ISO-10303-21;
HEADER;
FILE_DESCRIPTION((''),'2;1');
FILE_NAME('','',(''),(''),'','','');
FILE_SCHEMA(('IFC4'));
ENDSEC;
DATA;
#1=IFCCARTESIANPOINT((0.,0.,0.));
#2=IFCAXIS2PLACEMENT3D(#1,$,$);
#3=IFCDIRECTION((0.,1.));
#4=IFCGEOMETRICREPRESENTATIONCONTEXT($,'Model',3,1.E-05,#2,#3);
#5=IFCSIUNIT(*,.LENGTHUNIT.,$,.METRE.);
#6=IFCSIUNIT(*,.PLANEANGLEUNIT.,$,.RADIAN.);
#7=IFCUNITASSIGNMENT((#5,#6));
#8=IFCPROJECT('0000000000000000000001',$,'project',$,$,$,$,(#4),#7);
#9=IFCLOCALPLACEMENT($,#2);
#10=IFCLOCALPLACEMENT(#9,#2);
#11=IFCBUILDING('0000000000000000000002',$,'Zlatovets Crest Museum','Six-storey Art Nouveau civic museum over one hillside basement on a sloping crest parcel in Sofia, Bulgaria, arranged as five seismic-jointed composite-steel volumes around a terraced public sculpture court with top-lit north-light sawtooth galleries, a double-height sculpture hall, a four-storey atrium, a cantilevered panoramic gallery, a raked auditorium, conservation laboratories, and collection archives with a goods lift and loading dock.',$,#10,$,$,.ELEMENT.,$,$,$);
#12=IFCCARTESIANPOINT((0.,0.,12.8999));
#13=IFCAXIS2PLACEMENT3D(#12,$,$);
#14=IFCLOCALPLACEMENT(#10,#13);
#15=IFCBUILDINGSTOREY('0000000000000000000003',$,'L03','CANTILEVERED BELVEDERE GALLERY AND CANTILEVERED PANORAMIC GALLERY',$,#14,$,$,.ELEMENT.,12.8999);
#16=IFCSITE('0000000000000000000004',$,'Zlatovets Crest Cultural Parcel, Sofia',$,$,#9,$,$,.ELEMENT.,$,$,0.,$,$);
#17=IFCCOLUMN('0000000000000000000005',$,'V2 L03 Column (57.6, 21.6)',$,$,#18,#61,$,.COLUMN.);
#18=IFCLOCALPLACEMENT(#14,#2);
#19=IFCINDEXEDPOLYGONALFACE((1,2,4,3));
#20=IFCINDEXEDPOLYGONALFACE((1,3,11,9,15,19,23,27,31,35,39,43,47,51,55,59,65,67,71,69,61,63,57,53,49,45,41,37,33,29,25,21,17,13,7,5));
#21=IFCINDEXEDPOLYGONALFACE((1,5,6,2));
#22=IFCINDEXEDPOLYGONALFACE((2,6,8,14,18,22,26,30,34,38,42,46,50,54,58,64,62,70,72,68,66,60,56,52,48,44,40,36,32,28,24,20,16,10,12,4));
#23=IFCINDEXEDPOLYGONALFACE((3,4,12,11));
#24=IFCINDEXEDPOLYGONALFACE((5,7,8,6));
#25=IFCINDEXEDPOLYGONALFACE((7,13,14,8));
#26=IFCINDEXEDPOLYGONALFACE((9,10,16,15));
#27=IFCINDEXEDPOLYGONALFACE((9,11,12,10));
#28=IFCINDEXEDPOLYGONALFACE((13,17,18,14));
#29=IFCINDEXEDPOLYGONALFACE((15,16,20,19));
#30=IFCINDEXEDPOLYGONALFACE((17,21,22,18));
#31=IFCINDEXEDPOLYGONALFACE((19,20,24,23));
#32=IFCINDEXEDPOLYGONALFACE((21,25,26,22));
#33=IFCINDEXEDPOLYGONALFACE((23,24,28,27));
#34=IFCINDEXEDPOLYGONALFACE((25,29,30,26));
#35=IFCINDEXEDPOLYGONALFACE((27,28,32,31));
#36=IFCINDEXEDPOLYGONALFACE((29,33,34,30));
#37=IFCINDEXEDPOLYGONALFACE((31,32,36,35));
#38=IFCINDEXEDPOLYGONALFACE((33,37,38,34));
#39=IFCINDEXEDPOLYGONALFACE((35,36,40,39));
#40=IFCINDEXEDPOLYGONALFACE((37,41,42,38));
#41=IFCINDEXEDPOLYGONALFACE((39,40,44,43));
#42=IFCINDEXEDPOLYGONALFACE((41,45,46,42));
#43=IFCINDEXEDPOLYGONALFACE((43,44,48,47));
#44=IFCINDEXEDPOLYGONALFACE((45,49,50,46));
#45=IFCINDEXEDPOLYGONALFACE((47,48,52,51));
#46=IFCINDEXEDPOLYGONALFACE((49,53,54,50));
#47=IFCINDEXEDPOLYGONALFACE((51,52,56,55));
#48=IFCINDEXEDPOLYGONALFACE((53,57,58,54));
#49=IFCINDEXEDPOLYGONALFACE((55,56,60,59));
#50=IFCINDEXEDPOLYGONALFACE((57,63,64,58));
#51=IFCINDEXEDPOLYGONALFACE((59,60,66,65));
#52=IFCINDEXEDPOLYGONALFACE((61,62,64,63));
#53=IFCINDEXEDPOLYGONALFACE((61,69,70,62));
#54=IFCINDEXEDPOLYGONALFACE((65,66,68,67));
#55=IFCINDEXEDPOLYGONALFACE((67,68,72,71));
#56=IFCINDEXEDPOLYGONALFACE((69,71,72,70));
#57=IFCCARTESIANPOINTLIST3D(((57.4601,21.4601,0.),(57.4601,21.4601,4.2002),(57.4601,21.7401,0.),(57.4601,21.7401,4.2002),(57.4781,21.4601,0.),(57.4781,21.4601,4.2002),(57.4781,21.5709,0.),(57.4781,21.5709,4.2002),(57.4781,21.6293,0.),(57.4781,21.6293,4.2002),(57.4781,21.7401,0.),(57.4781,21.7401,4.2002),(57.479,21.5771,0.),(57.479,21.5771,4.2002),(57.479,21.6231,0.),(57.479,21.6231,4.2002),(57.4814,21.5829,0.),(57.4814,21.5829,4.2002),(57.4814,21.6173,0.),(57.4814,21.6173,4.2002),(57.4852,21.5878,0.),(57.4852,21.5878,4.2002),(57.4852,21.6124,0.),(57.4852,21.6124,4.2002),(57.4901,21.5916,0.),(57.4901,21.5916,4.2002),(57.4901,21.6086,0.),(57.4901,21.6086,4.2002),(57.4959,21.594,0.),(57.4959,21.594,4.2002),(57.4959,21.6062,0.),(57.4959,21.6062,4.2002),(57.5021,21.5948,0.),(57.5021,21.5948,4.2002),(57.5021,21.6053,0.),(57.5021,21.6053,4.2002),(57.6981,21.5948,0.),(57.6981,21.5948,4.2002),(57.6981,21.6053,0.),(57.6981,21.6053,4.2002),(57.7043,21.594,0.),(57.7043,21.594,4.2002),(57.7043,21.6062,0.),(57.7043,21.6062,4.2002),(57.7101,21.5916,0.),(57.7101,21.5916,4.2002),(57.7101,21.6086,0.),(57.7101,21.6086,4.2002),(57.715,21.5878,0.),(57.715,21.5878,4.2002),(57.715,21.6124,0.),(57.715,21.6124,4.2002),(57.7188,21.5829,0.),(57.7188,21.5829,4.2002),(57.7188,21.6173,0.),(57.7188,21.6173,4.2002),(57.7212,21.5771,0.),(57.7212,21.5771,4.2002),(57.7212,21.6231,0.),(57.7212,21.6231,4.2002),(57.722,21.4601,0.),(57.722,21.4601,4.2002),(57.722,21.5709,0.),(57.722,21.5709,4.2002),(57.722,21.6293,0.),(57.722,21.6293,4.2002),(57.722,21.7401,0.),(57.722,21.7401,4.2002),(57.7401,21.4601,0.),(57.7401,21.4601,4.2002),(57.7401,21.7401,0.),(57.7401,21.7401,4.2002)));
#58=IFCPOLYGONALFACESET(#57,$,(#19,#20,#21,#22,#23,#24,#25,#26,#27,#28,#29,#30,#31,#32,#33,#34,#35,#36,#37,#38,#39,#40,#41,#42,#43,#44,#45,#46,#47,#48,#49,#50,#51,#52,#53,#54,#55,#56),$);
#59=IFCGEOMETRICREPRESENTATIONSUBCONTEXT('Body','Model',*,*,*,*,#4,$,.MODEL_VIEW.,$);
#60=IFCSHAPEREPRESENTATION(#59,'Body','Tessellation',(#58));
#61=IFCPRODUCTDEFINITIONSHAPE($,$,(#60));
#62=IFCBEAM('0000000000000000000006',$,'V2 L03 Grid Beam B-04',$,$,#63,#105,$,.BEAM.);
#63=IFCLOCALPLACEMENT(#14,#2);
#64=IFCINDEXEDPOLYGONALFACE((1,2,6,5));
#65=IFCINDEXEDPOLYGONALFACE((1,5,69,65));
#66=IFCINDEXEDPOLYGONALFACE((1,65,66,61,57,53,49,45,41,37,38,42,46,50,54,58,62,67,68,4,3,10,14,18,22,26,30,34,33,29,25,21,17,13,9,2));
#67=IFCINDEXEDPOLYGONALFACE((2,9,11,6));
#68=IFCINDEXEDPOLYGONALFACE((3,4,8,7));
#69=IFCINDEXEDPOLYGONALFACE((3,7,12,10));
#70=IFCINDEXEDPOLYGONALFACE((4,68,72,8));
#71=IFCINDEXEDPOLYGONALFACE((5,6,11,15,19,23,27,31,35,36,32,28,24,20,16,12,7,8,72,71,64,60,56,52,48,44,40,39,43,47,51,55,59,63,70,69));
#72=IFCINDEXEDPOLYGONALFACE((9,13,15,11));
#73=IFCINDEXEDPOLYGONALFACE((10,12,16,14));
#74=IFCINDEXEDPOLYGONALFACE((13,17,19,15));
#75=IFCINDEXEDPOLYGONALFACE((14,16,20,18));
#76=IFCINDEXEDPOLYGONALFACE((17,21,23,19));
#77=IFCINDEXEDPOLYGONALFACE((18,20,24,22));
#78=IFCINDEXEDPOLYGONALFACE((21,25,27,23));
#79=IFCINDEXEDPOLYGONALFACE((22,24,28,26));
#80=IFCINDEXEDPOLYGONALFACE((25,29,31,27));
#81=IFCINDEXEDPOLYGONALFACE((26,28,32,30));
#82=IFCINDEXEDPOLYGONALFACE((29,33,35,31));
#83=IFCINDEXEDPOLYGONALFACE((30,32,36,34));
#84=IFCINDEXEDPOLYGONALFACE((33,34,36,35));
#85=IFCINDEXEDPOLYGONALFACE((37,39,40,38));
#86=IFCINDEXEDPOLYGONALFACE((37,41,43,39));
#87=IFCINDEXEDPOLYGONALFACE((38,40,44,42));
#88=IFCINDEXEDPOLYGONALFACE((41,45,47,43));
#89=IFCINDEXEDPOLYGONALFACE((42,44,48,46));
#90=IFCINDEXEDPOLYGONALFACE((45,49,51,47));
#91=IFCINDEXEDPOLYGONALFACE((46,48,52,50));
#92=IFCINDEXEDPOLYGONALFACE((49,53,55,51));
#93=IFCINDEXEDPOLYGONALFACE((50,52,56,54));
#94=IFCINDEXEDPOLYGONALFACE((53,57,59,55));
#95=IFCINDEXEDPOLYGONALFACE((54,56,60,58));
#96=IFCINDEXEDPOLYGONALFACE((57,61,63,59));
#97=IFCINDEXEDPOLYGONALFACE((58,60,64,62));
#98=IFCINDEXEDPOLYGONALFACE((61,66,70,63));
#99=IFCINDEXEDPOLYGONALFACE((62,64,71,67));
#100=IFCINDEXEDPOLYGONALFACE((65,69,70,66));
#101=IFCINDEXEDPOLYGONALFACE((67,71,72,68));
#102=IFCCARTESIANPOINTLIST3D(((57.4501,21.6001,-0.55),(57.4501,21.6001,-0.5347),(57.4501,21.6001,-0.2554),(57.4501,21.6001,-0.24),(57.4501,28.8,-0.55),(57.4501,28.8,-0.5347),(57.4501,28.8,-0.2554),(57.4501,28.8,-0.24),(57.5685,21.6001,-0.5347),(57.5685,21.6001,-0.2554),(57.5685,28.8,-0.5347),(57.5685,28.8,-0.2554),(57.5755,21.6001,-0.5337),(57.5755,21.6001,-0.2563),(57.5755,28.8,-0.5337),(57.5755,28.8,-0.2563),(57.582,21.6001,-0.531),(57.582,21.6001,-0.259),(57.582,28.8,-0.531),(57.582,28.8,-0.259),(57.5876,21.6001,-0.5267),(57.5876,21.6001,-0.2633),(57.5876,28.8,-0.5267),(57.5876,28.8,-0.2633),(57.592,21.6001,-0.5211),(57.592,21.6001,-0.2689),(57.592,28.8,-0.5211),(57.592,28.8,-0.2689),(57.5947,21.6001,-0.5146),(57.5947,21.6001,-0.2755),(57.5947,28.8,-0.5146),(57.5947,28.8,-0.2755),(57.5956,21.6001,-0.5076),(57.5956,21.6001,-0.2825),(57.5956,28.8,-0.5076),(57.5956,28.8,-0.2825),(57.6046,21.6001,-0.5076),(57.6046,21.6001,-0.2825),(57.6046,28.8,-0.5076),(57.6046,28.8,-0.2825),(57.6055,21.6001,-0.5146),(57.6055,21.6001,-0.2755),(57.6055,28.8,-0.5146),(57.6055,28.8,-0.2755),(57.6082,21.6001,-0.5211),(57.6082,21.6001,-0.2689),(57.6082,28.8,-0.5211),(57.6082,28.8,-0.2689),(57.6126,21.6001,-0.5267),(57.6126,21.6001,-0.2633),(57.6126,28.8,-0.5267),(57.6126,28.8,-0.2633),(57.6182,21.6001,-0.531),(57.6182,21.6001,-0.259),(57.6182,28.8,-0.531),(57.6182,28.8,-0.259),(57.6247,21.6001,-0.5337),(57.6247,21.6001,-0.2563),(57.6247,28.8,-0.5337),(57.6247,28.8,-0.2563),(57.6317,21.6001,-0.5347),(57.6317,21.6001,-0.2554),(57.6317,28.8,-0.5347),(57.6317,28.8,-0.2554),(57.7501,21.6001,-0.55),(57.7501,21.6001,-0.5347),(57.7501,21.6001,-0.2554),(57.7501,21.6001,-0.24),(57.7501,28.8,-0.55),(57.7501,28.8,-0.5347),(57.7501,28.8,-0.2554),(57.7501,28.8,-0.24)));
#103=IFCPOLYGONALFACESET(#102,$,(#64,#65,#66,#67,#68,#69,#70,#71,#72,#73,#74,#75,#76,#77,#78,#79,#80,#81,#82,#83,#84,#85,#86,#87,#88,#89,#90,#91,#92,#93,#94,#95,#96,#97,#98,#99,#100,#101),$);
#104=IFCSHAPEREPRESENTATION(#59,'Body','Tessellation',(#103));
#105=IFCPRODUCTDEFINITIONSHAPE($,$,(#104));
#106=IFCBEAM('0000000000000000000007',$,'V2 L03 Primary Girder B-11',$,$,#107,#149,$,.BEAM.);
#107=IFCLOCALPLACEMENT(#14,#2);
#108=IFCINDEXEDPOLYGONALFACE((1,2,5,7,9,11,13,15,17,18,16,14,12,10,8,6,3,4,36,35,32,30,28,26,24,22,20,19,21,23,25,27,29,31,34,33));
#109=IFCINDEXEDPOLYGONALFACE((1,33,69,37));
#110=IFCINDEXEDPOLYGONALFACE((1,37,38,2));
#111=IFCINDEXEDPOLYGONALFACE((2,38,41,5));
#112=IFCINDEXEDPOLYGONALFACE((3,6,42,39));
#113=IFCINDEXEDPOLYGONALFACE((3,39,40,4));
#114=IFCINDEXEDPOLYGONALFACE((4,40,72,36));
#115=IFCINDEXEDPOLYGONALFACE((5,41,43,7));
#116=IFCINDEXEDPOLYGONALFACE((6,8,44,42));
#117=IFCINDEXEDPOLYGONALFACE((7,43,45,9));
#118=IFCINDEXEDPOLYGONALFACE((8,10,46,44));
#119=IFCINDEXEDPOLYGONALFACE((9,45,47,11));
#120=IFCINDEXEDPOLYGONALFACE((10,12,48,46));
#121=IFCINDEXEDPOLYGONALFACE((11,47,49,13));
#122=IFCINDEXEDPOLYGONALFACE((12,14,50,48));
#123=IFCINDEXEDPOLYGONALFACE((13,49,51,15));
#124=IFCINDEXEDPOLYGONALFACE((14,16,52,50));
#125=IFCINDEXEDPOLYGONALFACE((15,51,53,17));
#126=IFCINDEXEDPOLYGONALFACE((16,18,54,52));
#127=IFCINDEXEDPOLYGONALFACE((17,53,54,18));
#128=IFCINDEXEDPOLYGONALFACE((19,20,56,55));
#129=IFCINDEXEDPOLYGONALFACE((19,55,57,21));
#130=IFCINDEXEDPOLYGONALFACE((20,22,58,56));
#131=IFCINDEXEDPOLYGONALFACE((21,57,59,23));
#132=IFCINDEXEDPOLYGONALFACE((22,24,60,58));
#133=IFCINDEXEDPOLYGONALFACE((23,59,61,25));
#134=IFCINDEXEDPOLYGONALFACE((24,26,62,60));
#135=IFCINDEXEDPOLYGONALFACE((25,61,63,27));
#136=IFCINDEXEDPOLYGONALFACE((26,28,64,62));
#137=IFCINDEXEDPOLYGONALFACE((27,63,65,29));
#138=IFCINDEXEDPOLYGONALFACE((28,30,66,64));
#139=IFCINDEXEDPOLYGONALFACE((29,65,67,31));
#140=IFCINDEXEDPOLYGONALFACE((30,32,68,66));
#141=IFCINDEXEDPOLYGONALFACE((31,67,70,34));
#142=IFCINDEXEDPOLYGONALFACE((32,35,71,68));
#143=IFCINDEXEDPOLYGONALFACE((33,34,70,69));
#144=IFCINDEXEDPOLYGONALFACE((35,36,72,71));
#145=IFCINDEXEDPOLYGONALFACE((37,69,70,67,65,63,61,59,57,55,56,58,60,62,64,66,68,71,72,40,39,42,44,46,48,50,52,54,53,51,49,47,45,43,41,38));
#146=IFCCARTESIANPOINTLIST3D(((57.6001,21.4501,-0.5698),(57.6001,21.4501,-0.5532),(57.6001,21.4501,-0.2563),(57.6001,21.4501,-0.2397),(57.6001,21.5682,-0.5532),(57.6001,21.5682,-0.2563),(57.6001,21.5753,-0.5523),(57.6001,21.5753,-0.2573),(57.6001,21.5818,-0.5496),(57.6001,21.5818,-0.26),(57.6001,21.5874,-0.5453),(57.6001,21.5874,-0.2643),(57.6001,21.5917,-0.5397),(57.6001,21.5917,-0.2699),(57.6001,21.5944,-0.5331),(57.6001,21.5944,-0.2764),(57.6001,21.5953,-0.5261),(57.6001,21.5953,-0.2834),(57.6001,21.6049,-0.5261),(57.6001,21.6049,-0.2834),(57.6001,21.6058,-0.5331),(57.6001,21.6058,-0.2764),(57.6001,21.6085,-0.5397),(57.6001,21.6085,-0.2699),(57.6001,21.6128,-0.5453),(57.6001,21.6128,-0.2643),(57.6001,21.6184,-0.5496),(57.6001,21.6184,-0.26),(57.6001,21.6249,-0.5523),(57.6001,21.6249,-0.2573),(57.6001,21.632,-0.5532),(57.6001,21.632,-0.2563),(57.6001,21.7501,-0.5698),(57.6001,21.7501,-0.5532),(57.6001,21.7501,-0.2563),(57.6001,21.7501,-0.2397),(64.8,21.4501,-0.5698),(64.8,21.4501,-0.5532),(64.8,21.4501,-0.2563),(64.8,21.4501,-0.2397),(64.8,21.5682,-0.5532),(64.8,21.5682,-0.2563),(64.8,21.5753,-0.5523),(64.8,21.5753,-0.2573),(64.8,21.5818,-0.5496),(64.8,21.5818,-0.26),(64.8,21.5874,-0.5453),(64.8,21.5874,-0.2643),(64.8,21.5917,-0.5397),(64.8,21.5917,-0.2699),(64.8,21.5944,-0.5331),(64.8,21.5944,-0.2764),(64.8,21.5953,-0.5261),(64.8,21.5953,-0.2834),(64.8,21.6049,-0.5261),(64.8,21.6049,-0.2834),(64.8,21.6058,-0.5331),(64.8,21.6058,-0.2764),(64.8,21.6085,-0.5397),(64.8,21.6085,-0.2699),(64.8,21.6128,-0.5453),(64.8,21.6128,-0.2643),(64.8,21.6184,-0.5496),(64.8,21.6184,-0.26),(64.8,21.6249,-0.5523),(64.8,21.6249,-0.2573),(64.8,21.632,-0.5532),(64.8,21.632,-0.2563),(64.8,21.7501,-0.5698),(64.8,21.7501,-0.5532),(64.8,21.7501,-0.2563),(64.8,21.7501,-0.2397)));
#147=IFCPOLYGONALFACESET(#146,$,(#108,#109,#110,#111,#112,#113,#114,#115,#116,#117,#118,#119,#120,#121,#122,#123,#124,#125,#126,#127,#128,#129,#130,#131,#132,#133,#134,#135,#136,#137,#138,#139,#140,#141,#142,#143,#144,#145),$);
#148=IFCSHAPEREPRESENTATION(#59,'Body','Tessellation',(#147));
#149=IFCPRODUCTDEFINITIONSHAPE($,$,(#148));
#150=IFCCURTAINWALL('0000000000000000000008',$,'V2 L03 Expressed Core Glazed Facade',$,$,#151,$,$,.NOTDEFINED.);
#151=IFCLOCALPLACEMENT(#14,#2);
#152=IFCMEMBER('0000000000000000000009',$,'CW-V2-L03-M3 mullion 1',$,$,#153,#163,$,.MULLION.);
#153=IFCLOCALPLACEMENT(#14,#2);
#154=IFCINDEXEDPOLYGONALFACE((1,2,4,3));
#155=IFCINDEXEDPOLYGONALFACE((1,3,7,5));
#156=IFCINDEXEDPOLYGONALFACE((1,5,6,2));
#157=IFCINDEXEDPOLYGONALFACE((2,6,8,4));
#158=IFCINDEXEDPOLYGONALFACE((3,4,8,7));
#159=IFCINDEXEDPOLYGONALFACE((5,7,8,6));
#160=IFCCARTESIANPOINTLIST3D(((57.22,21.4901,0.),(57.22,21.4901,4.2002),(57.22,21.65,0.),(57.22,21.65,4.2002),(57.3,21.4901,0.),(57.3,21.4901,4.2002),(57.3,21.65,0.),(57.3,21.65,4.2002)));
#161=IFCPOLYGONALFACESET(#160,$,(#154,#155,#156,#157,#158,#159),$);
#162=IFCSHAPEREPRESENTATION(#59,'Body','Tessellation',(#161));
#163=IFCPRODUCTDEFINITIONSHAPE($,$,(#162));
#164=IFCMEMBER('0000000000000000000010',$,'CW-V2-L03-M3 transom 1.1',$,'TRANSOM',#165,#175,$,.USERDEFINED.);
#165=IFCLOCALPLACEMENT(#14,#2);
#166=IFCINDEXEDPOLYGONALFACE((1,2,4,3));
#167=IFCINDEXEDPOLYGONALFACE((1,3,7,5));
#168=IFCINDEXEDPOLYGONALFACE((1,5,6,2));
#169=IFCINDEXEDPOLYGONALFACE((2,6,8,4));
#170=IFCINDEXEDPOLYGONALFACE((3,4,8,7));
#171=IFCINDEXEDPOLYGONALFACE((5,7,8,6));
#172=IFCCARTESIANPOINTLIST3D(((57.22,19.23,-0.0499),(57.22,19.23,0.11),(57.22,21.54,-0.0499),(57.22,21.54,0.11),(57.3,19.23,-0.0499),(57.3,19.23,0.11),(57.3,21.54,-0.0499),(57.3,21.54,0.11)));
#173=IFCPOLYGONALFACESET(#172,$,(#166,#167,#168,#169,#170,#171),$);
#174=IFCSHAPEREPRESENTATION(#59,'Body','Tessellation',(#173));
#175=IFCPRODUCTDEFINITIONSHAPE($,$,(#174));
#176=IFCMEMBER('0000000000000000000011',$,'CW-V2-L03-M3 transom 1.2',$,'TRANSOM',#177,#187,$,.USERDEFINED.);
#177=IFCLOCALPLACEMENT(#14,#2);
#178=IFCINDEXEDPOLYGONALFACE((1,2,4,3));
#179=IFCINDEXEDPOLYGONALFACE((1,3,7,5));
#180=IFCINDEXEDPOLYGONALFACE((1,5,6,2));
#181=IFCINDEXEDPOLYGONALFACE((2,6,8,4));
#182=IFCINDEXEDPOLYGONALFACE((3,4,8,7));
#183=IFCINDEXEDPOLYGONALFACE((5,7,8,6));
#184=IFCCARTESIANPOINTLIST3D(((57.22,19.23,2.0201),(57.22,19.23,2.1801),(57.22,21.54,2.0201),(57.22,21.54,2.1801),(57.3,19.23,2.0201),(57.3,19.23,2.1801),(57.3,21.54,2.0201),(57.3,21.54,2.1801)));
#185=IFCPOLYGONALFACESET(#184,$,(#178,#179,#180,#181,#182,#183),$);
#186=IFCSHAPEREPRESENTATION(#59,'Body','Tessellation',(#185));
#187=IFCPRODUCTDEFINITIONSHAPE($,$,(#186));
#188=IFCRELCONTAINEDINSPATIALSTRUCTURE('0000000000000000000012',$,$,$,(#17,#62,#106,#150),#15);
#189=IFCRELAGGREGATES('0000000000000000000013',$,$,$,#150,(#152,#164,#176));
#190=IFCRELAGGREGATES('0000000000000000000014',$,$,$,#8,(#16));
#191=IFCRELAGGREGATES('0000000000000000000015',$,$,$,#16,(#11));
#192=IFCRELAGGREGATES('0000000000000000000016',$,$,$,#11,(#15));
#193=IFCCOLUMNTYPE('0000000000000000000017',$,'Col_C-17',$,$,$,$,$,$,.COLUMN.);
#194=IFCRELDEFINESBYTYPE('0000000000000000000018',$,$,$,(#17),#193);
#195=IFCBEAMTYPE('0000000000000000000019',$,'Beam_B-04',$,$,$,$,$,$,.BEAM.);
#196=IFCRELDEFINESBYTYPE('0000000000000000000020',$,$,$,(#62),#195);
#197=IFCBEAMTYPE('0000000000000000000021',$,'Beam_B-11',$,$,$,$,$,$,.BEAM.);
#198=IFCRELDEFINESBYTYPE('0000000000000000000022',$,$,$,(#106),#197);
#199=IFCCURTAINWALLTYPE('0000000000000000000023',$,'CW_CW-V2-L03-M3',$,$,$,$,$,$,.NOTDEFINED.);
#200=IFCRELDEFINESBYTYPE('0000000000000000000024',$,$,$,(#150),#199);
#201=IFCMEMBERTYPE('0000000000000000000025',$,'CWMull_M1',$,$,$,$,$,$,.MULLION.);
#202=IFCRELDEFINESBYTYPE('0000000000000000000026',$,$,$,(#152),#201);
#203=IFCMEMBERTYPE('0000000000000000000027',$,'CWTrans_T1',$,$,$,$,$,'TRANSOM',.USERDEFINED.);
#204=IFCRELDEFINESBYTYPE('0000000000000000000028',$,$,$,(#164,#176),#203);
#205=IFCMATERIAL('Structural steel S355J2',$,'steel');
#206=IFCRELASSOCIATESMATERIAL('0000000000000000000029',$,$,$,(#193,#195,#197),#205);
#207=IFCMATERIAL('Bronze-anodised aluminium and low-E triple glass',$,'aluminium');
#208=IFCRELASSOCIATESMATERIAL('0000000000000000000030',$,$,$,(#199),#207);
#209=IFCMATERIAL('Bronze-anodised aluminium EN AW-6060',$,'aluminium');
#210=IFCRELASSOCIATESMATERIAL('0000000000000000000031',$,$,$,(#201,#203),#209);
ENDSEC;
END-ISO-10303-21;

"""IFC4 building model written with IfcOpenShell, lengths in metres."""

from ifc_helpers import new_model, si_unit, direction, frame, origin, origin_2d, place, context, subcontext, project, spatial, rectangle, i_section, extrude, material, material_profile, profile_set, type_object, element, aggregate, save


model = new_model("IFC4")

# Units and contexts
model_context = context("Model", 3, precision=1e-05, world=origin(), true_north=direction((0.0, 1.0)))
body_context = subcontext(model_context, "Body", "Model", "MODEL_VIEW")
ifc_project = project(units=[si_unit("LENGTHUNIT", "METRE"), si_unit("PLANEANGLEUNIT", "RADIAN")], contexts=[model_context])

# Site, building, storey
site_placement = place(None, origin())
site = spatial("IfcSite", under=ifc_project, at=site_placement, Name="Zlatovets Crest Cultural Parcel, Sofia", CompositionType="ELEMENT", RefElevation=0.0)
building_placement = place(site_placement, origin())
building = spatial("IfcBuilding", under=site, at=building_placement, Name="Zlatovets Crest Museum", Description="Six-storey Art Nouveau civic museum over one hillside basement on a sloping crest parcel in Sofia, Bulgaria, arranged as five seismic-jointed composite-steel volumes around a terraced public sculpture court with top-lit north-light sawtooth galleries, a double-height sculpture hall, a four-storey atrium, a cantilevered panoramic gallery, a raked auditorium, conservation laboratories, and collection archives with a goods lift and loading dock.", CompositionType="ELEMENT")
storey_placement = place(building_placement, frame((0.0, 0.0, 12.8999)))
storey = spatial("IfcBuildingStorey", under=building, at=storey_placement, Name="L03", Description="CANTILEVERED BELVEDERE GALLERY AND CANTILEVERED PANORAMIC GALLERY", CompositionType="ELEMENT", Elevation=12.8999)

# Column
ifc_material_1 = material(Name="Structural steel S355J2", Category="steel")
ifc_material_profile_1 = material_profile(ifc_material_1, i_section(OverallWidth=0.28, OverallDepth=0.28, WebThickness=0.0105, FlangeThickness=0.0181, FilletRadius=0.0239, at=origin_2d()), Name="HEB 280")
ifc_profile_set_1 = profile_set([ifc_material_profile_1], Name="Structural steel S355J2")
column_type = type_object("IfcColumnType", Name="Col_C-17", PredefinedType="COLUMN", material=ifc_profile_set_1)
column_placement = place(storey_placement, frame((57.6001, 21.6001, 0.0), z_axis=(0.0, 0.0, 1.0), x_axis=(0.0, 1.0, 0.0)))
element("IfcColumn", 1, at=column_placement, inside=storey, type_object=column_type, Name="V2 L03 Column (57.6, 21.6)", PredefinedType="COLUMN", context=body_context, shape_type="SweptSolid", body=[
    extrude(i_section(OverallWidth=0.28, OverallDepth=0.28, WebThickness=0.0105, FlangeThickness=0.0181, FilletRadius=0.0239, at=origin_2d()), origin(), (0.0, 0.0, 1.0), 4.2002),
])

# Beams
ifc_material_profile_2 = material_profile(ifc_material_1, i_section(OverallWidth=0.3, OverallDepth=0.3101, WebThickness=0.009, FlangeThickness=0.0154, FilletRadius=0.0271, at=origin_2d()), Name="HEA 320")
ifc_profile_set_2 = profile_set([ifc_material_profile_2], Name="Structural steel S355J2")
beam_type_1 = type_object("IfcBeamType", Name="Beam_B-04", PredefinedType="BEAM", material=ifc_profile_set_2)
beam_1_placement = place(storey_placement, frame((57.6001, 21.6001, -0.395), z_axis=(0.0, 1.0, 0.0), x_axis=(-1.0, 0.0, 0.0)))
element("IfcBeam", 2, at=beam_1_placement, inside=storey, type_object=beam_type_1, Name="V2 L03 Grid Beam B-04", PredefinedType="BEAM", context=body_context, shape_type="SweptSolid", body=[
    extrude(i_section(OverallWidth=0.3, OverallDepth=0.3101, WebThickness=0.009, FlangeThickness=0.0154, FilletRadius=0.0271, at=origin_2d()), origin(), (0.0, 0.0, 1.0), 7.2),
])
ifc_material_profile_3 = material_profile(ifc_material_1, i_section(OverallWidth=0.3, OverallDepth=0.3301, WebThickness=0.0095, FlangeThickness=0.0166, FilletRadius=0.0271, at=origin_2d()), Name="HEA 340")
ifc_profile_set_3 = profile_set([ifc_material_profile_3], Name="Structural steel S355J2")
beam_type_2 = type_object("IfcBeamType", Name="Beam_B-11", PredefinedType="BEAM", material=ifc_profile_set_3)
beam_2_placement = place(storey_placement, frame((57.6001, 21.6001, -0.4048), z_axis=(1.0, 0.0, 0.0), x_axis=(0.0, 1.0, 0.0)))
element("IfcBeam", 3, at=beam_2_placement, inside=storey, type_object=beam_type_2, Name="V2 L03 Primary Girder B-11", PredefinedType="BEAM", context=body_context, shape_type="SweptSolid", body=[
    extrude(i_section(OverallWidth=0.3, OverallDepth=0.3301, WebThickness=0.0095, FlangeThickness=0.0166, FilletRadius=0.0271, at=origin_2d()), origin(), (0.0, 0.0, 1.0), 7.2),
])

# Curtain wall, members
ifc_material_2 = material(Name="Bronze-anodised aluminium and low-E triple glass", Category="aluminium")
curtain_wall_type = type_object("IfcCurtainWallType", Name="CW_CW-V2-L03-M3", PredefinedType="NOTDEFINED", material=ifc_material_2)
curtain_wall_placement = place(storey_placement, origin())
curtain_wall = element("IfcCurtainWall", 4, at=curtain_wall_placement, inside=storey, type_object=curtain_wall_type, Name="V2 L03 Expressed Core Glazed Facade", PredefinedType="NOTDEFINED")
ifc_material_3 = material(Name="Bronze-anodised aluminium EN AW-6060", Category="aluminium")
ifc_material_profile_4 = material_profile(ifc_material_3, rectangle(XDim=0.0801, YDim=0.1599, at=origin_2d()), Name="ALU 80x160")
ifc_profile_set_4 = profile_set([ifc_material_profile_4], Name="Bronze-anodised aluminium EN AW-6060")
member_type_1 = type_object("IfcMemberType", Name="CWMull_M1", PredefinedType="MULLION", material=ifc_profile_set_4)
member_1_placement = place(storey_placement, frame((57.26, 21.5701, 0.0), z_axis=(0.0, 0.0, 1.0), x_axis=(1.0, 0.0, 0.0)))
member_1 = element("IfcMember", 5, at=member_1_placement, type_object=member_type_1, Name="CW-V2-L03-M3 mullion 1", PredefinedType="MULLION", context=body_context, shape_type="SweptSolid", body=[
    extrude(rectangle(XDim=0.0801, YDim=0.1599, at=origin_2d()), origin(), (0.0, 0.0, 1.0), 4.2002),
])
ifc_material_profile_5 = material_profile(ifc_material_3, rectangle(XDim=0.0801, YDim=0.1599, at=origin_2d()), Name="ALU 80x160")
ifc_profile_set_5 = profile_set([ifc_material_profile_5], Name="Bronze-anodised aluminium EN AW-6060")
member_type_2 = type_object("IfcMemberType", Name="CWTrans_T1", ElementType="TRANSOM", PredefinedType="USERDEFINED", material=ifc_profile_set_5)
member_2_placement = place(storey_placement, frame((57.26, 21.54, 0.03), z_axis=(0.0, -1.0, 0.0), x_axis=(1.0, 0.0, 0.0)))
member_2 = element("IfcMember", 6, at=member_2_placement, type_object=member_type_2, Name="CW-V2-L03-M3 transom 1.1", ObjectType="TRANSOM", PredefinedType="USERDEFINED", context=body_context, shape_type="SweptSolid", body=[
    extrude(rectangle(XDim=0.0801, YDim=0.1599, at=origin_2d()), origin(), (0.0, 0.0, 1.0), 2.3101),
])
member_3_placement = place(storey_placement, frame((57.26, 21.54, 2.1001), z_axis=(0.0, -1.0, 0.0), x_axis=(1.0, 0.0, 0.0)))
member_3 = element("IfcMember", 7, at=member_3_placement, type_object=member_type_2, Name="CW-V2-L03-M3 transom 1.2", ObjectType="TRANSOM", PredefinedType="USERDEFINED", context=body_context, shape_type="SweptSolid", body=[
    extrude(rectangle(XDim=0.0801, YDim=0.1599, at=origin_2d()), origin(), (0.0, 0.0, 1.0), 2.3101),
])

aggregate(curtain_wall, [member_1, member_2, member_3])

save(model, "model.ifc")
